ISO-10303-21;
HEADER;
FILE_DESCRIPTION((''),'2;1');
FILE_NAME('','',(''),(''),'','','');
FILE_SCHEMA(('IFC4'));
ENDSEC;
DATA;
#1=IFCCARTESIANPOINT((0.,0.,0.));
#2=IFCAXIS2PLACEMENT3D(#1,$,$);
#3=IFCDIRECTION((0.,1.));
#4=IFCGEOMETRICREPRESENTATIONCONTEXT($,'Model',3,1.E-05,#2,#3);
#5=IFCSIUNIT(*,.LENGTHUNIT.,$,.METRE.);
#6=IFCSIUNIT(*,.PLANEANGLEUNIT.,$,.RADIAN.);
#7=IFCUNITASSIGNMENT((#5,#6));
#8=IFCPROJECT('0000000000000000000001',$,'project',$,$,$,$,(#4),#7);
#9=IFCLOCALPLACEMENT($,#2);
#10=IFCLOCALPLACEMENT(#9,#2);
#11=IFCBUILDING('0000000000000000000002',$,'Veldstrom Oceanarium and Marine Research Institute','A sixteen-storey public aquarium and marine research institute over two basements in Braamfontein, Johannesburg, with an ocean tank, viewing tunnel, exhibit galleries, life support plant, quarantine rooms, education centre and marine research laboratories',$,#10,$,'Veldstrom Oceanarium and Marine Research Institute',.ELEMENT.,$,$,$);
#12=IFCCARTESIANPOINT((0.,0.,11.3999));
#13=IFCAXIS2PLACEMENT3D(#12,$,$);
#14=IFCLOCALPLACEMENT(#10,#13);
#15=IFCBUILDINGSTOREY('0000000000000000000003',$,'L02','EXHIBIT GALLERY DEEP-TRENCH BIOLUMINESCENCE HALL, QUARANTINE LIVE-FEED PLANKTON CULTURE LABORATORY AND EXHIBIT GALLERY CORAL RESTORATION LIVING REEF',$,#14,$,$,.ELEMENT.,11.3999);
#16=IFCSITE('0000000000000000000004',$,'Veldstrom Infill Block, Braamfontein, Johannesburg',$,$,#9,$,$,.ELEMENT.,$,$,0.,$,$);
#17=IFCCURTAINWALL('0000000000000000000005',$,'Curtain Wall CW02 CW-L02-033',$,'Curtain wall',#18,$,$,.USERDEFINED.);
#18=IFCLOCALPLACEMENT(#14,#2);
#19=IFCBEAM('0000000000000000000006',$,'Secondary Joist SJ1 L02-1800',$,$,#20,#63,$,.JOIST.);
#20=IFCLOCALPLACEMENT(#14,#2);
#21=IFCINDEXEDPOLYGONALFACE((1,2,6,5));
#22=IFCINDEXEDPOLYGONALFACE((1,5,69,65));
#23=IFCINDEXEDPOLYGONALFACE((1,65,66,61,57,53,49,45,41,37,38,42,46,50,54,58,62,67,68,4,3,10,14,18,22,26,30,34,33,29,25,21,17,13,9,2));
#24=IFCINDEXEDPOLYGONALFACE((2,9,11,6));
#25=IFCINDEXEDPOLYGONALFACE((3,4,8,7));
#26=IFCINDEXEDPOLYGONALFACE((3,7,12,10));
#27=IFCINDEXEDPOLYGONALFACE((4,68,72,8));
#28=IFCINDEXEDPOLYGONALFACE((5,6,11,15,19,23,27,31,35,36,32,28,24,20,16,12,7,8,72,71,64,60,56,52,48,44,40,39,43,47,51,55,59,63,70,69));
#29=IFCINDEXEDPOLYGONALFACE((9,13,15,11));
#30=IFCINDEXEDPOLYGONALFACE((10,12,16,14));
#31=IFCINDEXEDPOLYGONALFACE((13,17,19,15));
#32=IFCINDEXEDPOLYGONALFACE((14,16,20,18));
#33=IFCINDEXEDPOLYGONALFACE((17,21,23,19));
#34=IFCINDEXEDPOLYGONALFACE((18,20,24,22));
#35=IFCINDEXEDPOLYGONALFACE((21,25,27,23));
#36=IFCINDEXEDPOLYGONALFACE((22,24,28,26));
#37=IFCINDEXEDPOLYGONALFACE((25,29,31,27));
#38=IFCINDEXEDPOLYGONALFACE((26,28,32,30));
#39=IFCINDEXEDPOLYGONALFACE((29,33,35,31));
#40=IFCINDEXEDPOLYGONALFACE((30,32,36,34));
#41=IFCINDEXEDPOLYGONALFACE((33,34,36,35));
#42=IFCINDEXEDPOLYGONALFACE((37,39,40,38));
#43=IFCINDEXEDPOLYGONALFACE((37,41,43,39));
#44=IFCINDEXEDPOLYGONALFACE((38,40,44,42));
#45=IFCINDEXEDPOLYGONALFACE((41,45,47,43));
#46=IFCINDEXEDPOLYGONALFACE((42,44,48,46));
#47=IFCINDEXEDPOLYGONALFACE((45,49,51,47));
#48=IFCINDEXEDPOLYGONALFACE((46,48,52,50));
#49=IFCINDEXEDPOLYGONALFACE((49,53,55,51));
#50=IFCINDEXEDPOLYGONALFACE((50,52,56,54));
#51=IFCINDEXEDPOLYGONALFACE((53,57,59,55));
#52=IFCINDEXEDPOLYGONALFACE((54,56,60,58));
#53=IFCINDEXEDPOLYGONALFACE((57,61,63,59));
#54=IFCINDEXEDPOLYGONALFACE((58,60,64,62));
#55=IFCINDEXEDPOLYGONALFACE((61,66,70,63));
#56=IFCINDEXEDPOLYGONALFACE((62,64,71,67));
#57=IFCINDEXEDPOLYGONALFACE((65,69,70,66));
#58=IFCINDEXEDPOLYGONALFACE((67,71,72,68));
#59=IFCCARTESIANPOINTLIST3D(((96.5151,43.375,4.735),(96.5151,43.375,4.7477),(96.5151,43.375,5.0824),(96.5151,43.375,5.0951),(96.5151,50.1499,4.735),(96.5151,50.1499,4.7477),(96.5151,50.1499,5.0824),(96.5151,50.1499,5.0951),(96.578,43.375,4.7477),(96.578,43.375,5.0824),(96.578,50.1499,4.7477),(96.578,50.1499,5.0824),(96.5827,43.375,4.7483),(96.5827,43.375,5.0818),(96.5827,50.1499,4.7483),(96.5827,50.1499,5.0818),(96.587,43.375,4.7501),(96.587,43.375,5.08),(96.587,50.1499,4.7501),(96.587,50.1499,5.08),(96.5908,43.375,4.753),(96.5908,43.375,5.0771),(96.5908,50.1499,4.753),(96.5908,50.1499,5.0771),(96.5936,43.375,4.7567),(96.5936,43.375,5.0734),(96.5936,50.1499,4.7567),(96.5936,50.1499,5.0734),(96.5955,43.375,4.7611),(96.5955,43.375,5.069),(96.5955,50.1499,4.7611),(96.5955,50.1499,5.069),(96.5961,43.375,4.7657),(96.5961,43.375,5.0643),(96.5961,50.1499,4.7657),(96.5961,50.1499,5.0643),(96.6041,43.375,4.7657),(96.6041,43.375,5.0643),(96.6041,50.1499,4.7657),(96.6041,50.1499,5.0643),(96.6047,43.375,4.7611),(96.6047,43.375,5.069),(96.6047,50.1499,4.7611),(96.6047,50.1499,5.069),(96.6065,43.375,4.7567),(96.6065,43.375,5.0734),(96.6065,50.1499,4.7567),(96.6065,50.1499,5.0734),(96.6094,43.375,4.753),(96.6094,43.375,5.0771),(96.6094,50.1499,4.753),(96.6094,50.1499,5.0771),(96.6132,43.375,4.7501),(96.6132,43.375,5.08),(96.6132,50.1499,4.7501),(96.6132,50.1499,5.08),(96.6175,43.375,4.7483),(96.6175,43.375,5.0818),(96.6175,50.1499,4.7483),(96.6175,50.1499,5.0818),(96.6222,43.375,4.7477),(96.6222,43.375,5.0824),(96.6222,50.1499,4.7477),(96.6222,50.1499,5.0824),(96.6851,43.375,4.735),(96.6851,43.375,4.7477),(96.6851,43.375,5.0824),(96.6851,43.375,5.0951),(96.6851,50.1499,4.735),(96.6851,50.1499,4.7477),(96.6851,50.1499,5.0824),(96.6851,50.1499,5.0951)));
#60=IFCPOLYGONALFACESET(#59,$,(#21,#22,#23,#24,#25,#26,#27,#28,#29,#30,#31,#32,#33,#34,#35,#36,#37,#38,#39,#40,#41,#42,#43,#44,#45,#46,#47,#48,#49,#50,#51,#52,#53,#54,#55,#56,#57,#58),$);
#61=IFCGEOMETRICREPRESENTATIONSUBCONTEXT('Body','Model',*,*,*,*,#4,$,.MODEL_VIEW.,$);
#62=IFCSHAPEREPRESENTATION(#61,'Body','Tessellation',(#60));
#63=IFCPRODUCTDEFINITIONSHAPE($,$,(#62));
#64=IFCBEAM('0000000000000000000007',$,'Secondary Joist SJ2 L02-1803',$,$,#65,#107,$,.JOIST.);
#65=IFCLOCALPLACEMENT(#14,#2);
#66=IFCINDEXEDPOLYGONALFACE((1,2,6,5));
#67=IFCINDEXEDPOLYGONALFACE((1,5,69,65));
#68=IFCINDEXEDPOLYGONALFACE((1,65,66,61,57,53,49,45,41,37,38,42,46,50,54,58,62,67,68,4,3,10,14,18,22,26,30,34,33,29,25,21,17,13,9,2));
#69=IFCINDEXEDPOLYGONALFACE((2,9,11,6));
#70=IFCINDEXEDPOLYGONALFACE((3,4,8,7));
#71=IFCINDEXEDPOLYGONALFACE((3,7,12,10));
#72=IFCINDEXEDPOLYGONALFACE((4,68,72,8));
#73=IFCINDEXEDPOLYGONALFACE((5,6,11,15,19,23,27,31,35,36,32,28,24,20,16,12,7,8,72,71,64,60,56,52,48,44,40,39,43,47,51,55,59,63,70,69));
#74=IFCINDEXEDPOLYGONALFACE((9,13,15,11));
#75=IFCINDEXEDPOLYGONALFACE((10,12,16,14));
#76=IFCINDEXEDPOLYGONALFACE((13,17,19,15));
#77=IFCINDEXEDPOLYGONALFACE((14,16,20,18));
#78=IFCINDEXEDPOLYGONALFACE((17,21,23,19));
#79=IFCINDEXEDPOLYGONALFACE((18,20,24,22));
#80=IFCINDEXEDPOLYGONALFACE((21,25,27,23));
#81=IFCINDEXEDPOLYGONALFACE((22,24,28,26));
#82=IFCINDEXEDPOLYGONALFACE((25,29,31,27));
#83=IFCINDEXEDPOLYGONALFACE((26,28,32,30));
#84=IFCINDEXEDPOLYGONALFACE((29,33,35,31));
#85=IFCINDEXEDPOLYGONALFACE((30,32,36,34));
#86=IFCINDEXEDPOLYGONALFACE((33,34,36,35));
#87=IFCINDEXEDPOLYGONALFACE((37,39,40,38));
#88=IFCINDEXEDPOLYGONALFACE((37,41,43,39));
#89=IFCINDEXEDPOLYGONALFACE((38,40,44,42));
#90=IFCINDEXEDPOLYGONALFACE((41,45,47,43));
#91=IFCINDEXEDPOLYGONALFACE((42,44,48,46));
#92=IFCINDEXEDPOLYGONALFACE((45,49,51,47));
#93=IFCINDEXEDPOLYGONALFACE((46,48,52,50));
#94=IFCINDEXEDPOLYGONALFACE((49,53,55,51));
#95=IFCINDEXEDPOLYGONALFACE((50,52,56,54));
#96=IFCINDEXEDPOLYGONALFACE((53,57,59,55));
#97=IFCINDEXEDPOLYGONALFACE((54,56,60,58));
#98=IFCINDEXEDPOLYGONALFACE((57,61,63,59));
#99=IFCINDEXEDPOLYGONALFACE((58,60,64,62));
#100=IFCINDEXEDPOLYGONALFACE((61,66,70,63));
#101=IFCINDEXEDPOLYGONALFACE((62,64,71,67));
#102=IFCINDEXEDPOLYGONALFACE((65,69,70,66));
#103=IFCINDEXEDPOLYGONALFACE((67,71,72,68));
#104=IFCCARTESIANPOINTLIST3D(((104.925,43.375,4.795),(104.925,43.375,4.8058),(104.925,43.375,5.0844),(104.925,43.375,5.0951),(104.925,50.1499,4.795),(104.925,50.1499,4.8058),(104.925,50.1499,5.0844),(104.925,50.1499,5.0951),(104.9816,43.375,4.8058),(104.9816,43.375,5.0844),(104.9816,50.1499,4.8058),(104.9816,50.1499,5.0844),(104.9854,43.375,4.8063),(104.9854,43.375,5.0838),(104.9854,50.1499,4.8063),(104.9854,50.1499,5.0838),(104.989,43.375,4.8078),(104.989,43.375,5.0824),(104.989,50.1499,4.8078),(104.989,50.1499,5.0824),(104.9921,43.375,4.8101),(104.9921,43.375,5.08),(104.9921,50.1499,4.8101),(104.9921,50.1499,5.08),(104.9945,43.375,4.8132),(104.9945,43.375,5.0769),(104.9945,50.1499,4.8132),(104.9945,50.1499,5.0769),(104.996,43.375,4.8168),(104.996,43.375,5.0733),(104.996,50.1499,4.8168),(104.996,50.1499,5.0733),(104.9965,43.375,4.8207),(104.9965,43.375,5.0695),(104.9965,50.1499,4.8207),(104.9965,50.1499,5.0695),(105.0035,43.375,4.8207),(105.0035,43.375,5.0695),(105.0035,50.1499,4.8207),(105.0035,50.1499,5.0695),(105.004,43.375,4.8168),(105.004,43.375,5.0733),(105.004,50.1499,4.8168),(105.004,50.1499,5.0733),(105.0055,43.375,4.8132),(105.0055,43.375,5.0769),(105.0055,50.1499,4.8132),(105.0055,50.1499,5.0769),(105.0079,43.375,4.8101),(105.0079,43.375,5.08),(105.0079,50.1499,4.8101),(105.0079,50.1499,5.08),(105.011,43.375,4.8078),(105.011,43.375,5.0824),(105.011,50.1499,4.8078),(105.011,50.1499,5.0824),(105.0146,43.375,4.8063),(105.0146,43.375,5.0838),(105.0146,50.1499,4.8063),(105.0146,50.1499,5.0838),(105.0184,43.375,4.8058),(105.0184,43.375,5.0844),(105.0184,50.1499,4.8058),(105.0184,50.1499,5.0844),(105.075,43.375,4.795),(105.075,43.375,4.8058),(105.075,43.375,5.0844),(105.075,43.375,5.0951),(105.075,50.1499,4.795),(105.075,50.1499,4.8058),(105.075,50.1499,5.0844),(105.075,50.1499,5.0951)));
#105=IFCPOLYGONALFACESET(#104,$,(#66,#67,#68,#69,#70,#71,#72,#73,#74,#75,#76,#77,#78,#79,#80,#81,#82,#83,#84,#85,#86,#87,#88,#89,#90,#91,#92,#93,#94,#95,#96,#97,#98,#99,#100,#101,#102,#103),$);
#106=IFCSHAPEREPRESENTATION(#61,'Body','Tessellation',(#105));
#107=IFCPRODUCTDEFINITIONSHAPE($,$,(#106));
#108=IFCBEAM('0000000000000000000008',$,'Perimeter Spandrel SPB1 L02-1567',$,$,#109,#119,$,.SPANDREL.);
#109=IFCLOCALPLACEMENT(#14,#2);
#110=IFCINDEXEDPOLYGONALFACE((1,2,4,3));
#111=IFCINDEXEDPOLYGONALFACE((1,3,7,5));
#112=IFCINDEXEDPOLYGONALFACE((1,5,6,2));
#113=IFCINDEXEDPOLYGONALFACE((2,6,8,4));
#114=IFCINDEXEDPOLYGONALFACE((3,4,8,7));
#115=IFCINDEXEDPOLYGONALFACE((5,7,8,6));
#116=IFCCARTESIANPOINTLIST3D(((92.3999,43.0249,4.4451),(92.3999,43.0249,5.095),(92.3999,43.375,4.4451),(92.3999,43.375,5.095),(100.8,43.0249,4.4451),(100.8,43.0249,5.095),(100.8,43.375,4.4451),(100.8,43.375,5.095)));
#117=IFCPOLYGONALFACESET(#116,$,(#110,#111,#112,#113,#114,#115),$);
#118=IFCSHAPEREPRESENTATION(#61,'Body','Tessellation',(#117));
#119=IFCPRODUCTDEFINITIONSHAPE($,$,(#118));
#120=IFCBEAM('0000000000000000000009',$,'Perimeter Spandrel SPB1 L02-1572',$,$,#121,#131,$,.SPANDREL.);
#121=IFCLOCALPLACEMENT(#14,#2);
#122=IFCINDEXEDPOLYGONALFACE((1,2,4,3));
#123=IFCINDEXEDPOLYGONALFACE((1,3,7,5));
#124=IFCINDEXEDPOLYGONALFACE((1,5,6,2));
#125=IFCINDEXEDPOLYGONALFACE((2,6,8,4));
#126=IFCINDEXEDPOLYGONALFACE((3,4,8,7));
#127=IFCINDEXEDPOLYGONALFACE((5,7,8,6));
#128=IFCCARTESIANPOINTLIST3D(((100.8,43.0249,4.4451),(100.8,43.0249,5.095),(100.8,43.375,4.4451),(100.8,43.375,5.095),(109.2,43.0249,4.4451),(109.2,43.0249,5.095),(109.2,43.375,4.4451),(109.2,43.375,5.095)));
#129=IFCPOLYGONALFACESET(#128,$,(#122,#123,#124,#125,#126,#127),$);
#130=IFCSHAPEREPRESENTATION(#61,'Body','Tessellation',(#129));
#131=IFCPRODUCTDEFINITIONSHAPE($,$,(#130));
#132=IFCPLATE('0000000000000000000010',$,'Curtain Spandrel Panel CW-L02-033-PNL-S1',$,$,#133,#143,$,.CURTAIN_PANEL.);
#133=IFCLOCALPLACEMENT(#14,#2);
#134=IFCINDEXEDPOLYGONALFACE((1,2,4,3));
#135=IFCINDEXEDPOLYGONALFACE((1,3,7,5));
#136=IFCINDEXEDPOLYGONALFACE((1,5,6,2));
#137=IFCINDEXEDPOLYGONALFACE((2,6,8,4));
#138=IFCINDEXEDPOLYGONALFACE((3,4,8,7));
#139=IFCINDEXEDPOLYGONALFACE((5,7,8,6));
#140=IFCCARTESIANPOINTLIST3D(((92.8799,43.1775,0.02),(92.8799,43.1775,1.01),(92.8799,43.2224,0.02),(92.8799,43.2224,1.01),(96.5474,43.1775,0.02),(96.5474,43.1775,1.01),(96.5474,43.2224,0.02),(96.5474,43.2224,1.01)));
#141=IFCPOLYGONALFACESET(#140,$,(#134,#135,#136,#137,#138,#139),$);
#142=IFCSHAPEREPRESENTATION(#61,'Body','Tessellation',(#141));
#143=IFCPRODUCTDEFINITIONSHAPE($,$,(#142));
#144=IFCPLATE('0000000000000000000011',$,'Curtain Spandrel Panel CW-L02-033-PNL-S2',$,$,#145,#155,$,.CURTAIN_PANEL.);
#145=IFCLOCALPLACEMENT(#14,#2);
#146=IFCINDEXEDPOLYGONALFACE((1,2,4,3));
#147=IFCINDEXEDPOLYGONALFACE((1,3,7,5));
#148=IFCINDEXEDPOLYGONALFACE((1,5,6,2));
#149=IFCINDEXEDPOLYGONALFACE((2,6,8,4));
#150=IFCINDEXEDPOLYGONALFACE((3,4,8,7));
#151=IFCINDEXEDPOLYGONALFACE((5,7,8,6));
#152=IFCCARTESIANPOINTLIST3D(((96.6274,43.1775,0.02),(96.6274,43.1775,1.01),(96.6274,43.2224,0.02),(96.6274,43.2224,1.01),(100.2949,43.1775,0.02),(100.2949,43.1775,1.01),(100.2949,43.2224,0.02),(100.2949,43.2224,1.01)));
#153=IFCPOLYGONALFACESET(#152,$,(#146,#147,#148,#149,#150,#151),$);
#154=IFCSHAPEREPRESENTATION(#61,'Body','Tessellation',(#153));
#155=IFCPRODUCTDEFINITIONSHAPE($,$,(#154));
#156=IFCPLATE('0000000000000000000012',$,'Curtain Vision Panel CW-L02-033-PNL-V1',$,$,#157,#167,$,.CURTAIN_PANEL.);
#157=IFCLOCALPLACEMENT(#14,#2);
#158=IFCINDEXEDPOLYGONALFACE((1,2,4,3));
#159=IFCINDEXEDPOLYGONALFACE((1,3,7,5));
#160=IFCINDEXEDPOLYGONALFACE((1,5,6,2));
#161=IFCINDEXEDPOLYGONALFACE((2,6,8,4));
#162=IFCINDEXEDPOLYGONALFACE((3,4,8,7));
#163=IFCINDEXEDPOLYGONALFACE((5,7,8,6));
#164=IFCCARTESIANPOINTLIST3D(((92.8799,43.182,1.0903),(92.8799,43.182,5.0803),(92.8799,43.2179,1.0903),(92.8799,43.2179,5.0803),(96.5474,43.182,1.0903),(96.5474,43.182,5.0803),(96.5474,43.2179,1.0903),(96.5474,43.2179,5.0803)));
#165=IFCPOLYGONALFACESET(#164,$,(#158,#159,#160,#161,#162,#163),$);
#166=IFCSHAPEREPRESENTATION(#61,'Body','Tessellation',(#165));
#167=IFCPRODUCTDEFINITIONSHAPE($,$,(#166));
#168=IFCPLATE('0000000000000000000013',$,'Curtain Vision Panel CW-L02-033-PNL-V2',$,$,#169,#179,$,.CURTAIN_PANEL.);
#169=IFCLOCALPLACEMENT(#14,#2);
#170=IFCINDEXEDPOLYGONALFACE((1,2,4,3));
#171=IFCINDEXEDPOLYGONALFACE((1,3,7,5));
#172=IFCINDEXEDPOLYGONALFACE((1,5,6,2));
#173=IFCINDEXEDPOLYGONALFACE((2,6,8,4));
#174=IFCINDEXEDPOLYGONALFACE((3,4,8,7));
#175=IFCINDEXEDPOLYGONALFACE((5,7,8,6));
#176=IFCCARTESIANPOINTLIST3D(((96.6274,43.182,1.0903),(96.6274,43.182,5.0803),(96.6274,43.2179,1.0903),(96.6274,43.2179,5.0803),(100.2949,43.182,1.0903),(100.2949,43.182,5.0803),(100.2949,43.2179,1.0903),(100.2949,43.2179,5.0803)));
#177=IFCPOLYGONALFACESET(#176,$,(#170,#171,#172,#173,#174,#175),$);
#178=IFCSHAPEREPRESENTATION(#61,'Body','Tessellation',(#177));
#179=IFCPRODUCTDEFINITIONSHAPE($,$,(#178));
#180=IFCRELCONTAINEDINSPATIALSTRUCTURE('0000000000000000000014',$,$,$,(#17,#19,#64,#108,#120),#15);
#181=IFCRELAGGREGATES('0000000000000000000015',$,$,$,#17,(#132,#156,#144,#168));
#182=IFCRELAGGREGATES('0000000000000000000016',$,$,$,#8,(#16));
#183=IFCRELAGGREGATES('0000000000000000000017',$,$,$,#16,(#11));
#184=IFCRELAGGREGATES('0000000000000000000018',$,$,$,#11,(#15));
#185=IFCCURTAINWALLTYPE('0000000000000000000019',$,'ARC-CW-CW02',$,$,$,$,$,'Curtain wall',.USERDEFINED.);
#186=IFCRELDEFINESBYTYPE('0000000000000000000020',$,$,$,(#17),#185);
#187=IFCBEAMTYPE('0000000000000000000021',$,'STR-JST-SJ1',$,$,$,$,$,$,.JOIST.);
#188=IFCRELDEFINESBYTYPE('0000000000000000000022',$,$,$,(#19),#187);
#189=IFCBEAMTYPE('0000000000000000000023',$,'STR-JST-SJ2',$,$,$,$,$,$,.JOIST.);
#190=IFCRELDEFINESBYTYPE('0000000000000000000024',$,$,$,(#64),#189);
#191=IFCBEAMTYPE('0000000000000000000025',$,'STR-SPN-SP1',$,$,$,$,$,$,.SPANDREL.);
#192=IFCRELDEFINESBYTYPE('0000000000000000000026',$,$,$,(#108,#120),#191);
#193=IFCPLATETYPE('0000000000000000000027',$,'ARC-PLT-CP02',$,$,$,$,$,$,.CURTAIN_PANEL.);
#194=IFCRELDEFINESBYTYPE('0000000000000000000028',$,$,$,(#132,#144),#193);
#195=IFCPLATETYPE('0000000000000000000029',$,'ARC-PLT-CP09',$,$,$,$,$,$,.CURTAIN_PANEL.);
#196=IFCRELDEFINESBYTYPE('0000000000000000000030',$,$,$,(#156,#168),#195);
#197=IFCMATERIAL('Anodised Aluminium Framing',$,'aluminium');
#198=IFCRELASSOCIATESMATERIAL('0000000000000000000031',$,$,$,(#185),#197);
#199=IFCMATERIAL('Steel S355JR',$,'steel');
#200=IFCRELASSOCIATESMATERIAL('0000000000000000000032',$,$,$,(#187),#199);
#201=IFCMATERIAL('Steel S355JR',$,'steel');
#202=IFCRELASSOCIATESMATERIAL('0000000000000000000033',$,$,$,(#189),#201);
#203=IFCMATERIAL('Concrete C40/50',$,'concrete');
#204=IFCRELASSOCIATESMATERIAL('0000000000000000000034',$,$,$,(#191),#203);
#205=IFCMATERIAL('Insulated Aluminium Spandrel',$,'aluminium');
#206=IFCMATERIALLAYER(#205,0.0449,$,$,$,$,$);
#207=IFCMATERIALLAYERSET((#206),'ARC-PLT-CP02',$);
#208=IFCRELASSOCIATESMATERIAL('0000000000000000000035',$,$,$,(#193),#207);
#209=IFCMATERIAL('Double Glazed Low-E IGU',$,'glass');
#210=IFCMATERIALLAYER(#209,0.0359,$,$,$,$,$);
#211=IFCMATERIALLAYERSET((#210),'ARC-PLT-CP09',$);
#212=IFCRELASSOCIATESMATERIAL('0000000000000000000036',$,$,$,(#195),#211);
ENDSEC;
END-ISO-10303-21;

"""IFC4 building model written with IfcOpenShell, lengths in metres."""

from ifc_helpers import new_model, si_unit, direction, frame, origin, origin_2d, place, context, subcontext, project, spatial, rectangle, i_section, extrude, material, layer, layer_set, material_profile, profile_set, type_object, element, aggregate, save


model = new_model("IFC4")

# Units and contexts
model_context = context("Model", 3, precision=1e-05, world=origin(), true_north=direction((0.0, 1.0)))
body_context = subcontext(model_context, "Body", "Model", "MODEL_VIEW")
ifc_project = project(units=[si_unit("LENGTHUNIT", "METRE"), si_unit("PLANEANGLEUNIT", "RADIAN")], contexts=[model_context])

# Site, building, storey
site_placement = place(None, origin())
site = spatial("IfcSite", under=ifc_project, at=site_placement, Name="Veldstrom Infill Block, Braamfontein, Johannesburg", CompositionType="ELEMENT", RefElevation=0.0)
building_placement = place(site_placement, origin())
building = spatial("IfcBuilding", under=site, at=building_placement, Name="Veldstrom Oceanarium and Marine Research Institute", Description="A sixteen-storey public aquarium and marine research institute over two basements in Braamfontein, Johannesburg, with an ocean tank, viewing tunnel, exhibit galleries, life support plant, quarantine rooms, education centre and marine research laboratories", LongName="Veldstrom Oceanarium and Marine Research Institute", CompositionType="ELEMENT")
storey_placement = place(building_placement, frame((0.0, 0.0, 11.3999)))
storey = spatial("IfcBuildingStorey", under=building, at=storey_placement, Name="L02", Description="EXHIBIT GALLERY DEEP-TRENCH BIOLUMINESCENCE HALL, QUARANTINE LIVE-FEED PLANKTON CULTURE LABORATORY AND EXHIBIT GALLERY CORAL RESTORATION LIVING REEF", CompositionType="ELEMENT", Elevation=11.3999)

# Curtain wall
ifc_material_1 = material(Name="Anodised Aluminium Framing", Category="aluminium")
curtain_wall_type = type_object("IfcCurtainWallType", Name="ARC-CW-CW02", ElementType="Curtain wall", PredefinedType="USERDEFINED", material=ifc_material_1)
curtain_wall_placement = place(storey_placement, origin())
curtain_wall = element("IfcCurtainWall", 1, at=curtain_wall_placement, inside=storey, type_object=curtain_wall_type, Name="Curtain Wall CW02 CW-L02-033", ObjectType="Curtain wall", PredefinedType="USERDEFINED")

# Beams
ifc_material_2 = material(Name="Steel S355JR", Category="steel")
ifc_material_profile_1 = material_profile(ifc_material_2, i_section(OverallWidth=0.1699, OverallDepth=0.3601, WebThickness=0.0081, FlangeThickness=0.0127, FilletRadius=0.0181, at=origin_2d()), Name="IPE 360")
ifc_profile_set_1 = profile_set([ifc_material_profile_1], Name="Steel S355JR")
beam_type_1 = type_object("IfcBeamType", Name="STR-JST-SJ1", PredefinedType="JOIST", material=ifc_profile_set_1)
beam_1_placement = place(storey_placement, frame((96.6001, 43.375, 4.915), z_axis=(0.0, 1.0, 0.0), x_axis=(-1.0, 0.0, 0.0)))
element("IfcBeam", 2, at=beam_1_placement, inside=storey, type_object=beam_type_1, Name="Secondary Joist SJ1 L02-1800", PredefinedType="JOIST", context=body_context, shape_type="SweptSolid", body=[
    extrude(i_section(OverallWidth=0.1699, OverallDepth=0.3601, WebThickness=0.0081, FlangeThickness=0.0127, FilletRadius=0.0181, at=origin_2d()), origin(), (0.0, 0.0, 1.0), 6.7749),
])
ifc_material_3 = material(Name="Steel S355JR", Category="steel")
ifc_material_profile_2 = material_profile(ifc_material_3, i_section(OverallWidth=0.1499, OverallDepth=0.3, WebThickness=0.0071, FlangeThickness=0.0107, FilletRadius=0.0149, at=origin_2d()), Name="IPE 300")
ifc_profile_set_2 = profile_set([ifc_material_profile_2], Name="Steel S355JR")
beam_type_2 = type_object("IfcBeamType", Name="STR-JST-SJ2", PredefinedType="JOIST", material=ifc_profile_set_2)
beam_2_placement = place(storey_placement, frame((105.0, 43.375, 4.9451), z_axis=(0.0, 1.0, 0.0), x_axis=(-1.0, 0.0, 0.0)))
element("IfcBeam", 3, at=beam_2_placement, inside=storey, type_object=beam_type_2, Name="Secondary Joist SJ2 L02-1803", PredefinedType="JOIST", context=body_context, shape_type="SweptSolid", body=[
    extrude(i_section(OverallWidth=0.1499, OverallDepth=0.3, WebThickness=0.0071, FlangeThickness=0.0107, FilletRadius=0.0149, at=origin_2d()), origin(), (0.0, 0.0, 1.0), 6.7749),
])
ifc_material_4 = material(Name="Concrete C40/50", Category="concrete")
ifc_material_profile_3 = material_profile(ifc_material_4, rectangle(XDim=0.3501, YDim=0.6499, at=origin_2d()), Name="RC-SPN-350x650")
ifc_profile_set_3 = profile_set([ifc_material_profile_3], Name="Concrete C40/50")
beam_type_3 = type_object("IfcBeamType", Name="STR-SPN-SP1", PredefinedType="SPANDREL", material=ifc_profile_set_3)
beam_3_placement = place(storey_placement, frame((92.3999, 43.2, 4.77), z_axis=(1.0, 0.0, 0.0), x_axis=(0.0, 1.0, 0.0)))
element("IfcBeam", 4, at=beam_3_placement, inside=storey, type_object=beam_type_3, Name="Perimeter Spandrel SPB1 L02-1567", PredefinedType="SPANDREL", context=body_context, shape_type="SweptSolid", body=[
    extrude(rectangle(XDim=0.3501, YDim=0.6499, at=origin_2d()), origin(), (0.0, 0.0, 1.0), 8.4001),
])
beam_4_placement = place(storey_placement, frame((100.8, 43.2, 4.77), z_axis=(1.0, 0.0, 0.0), x_axis=(0.0, 1.0, 0.0)))
element("IfcBeam", 5, at=beam_4_placement, inside=storey, type_object=beam_type_3, Name="Perimeter Spandrel SPB1 L02-1572", PredefinedType="SPANDREL", context=body_context, shape_type="SweptSolid", body=[
    extrude(rectangle(XDim=0.3501, YDim=0.6499, at=origin_2d()), origin(), (0.0, 0.0, 1.0), 8.3999),
])

# Plates
ifc_material_5 = material(Name="Insulated Aluminium Spandrel", Category="aluminium")
ifc_layer_1 = layer(ifc_material_5, 0.0449)
ifc_layer_set_1 = layer_set([ifc_layer_1], Name="ARC-PLT-CP02")
plate_type_1 = type_object("IfcPlateType", Name="ARC-PLT-CP02", PredefinedType="CURTAIN_PANEL", material=ifc_layer_set_1)
plate_1_placement = place(storey_placement, frame((94.7136, 43.2, 0.02), z_axis=(0.0, 0.0, 1.0), x_axis=(1.0, 0.0, 0.0)))
plate_1 = element("IfcPlate", 6, at=plate_1_placement, type_object=plate_type_1, Name="Curtain Spandrel Panel CW-L02-033-PNL-S1", PredefinedType="CURTAIN_PANEL", context=body_context, shape_type="SweptSolid", body=[
    extrude(rectangle(XDim=3.6675, YDim=0.0449, at=origin_2d()), origin(), (0.0, 0.0, 1.0), 0.99),
])
plate_2_placement = place(storey_placement, frame((98.4612, 43.2, 0.02), z_axis=(0.0, 0.0, 1.0), x_axis=(1.0, 0.0, 0.0)))
plate_2 = element("IfcPlate", 7, at=plate_2_placement, type_object=plate_type_1, Name="Curtain Spandrel Panel CW-L02-033-PNL-S2", PredefinedType="CURTAIN_PANEL", context=body_context, shape_type="SweptSolid", body=[
    extrude(rectangle(XDim=3.6675, YDim=0.0449, at=origin_2d()), origin(), (0.0, 0.0, 1.0), 0.99),
])
ifc_material_6 = material(Name="Double Glazed Low-E IGU", Category="glass")
ifc_layer_2 = layer(ifc_material_6, 0.0359)
ifc_layer_set_2 = layer_set([ifc_layer_2], Name="ARC-PLT-CP09")
plate_type_2 = type_object("IfcPlateType", Name="ARC-PLT-CP09", PredefinedType="CURTAIN_PANEL", material=ifc_layer_set_2)
plate_3_placement = place(storey_placement, frame((94.7136, 43.2, 1.0903), z_axis=(0.0, 0.0, 1.0), x_axis=(1.0, 0.0, 0.0)))
plate_3 = element("IfcPlate", 8, at=plate_3_placement, type_object=plate_type_2, Name="Curtain Vision Panel CW-L02-033-PNL-V1", PredefinedType="CURTAIN_PANEL", context=body_context, shape_type="SweptSolid", body=[
    extrude(rectangle(XDim=3.6675, YDim=0.0359, at=origin_2d()), origin(), (0.0, 0.0, 1.0), 3.99),
])
plate_4_placement = place(storey_placement, frame((98.4612, 43.2, 1.0903), z_axis=(0.0, 0.0, 1.0), x_axis=(1.0, 0.0, 0.0)))
plate_4 = element("IfcPlate", 9, at=plate_4_placement, type_object=plate_type_2, Name="Curtain Vision Panel CW-L02-033-PNL-V2", PredefinedType="CURTAIN_PANEL", context=body_context, shape_type="SweptSolid", body=[
    extrude(rectangle(XDim=3.6675, YDim=0.0359, at=origin_2d()), origin(), (0.0, 0.0, 1.0), 3.99),
])
aggregate(curtain_wall, [plate_1, plate_3, plate_2, plate_4])

save(model, "model.ifc")
